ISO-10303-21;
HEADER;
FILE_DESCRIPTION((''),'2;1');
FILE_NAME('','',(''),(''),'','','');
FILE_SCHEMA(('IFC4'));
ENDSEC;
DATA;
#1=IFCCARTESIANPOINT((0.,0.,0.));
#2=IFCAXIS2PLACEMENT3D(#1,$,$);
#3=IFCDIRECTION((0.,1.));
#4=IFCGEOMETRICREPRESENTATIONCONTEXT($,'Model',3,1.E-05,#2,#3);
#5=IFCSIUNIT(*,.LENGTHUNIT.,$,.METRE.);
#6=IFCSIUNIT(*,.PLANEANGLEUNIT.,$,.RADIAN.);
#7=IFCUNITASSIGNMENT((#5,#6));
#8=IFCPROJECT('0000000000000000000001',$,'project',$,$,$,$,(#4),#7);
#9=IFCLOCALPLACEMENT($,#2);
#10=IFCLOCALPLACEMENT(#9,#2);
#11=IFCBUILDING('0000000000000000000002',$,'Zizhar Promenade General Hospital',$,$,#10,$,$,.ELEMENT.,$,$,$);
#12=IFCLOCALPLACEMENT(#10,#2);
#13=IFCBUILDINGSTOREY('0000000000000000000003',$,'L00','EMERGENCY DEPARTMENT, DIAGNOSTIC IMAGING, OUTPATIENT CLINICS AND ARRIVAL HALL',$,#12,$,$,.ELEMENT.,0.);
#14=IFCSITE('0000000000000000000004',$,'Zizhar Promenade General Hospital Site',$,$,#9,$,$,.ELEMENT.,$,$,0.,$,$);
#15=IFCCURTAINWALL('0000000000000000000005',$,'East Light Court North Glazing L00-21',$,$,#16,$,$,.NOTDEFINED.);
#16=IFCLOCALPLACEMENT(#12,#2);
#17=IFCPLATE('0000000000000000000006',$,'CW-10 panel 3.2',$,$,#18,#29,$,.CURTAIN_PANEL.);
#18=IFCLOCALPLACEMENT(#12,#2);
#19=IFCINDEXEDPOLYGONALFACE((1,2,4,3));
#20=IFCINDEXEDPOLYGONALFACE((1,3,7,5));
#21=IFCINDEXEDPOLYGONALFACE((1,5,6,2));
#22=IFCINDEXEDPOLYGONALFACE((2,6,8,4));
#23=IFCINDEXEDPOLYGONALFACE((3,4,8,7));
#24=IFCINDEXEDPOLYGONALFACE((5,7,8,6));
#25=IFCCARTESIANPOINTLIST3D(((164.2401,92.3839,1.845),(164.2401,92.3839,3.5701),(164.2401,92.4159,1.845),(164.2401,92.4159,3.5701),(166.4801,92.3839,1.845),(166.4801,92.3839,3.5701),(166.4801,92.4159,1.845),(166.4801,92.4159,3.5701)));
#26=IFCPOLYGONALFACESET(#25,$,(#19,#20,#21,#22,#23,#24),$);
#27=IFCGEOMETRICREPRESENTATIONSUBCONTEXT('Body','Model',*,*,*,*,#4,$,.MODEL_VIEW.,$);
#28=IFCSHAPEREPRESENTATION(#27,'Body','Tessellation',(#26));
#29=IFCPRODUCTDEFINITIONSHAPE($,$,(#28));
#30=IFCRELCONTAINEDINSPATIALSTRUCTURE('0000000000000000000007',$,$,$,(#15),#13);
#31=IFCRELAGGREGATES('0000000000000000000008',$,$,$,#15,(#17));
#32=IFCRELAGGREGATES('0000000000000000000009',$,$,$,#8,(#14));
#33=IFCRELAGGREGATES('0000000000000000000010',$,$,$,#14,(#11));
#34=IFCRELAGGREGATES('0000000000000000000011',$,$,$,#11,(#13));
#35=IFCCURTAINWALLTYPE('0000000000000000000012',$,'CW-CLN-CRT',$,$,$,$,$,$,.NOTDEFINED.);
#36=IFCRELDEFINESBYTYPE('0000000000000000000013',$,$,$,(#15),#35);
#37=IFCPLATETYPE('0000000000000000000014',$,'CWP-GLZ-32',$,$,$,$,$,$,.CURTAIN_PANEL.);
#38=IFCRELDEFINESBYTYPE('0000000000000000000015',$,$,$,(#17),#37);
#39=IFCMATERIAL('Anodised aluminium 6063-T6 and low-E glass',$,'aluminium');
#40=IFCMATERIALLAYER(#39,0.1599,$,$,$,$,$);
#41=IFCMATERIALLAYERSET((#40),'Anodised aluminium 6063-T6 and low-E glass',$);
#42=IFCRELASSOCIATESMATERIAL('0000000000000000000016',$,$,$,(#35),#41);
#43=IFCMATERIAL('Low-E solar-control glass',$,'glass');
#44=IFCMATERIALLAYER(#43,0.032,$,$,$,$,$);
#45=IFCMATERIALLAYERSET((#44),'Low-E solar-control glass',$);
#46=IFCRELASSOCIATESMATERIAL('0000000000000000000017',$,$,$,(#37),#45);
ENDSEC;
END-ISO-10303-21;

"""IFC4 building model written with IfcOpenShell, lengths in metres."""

from ifc_helpers import new_model, si_unit, direction, frame, origin, origin_2d, place, context, subcontext, project, spatial, rectangle, extrude, material, layer, layer_set, type_object, element, aggregate, save


model = new_model("IFC4")

# Units and contexts
model_context = context("Model", 3, precision=1e-05, world=origin(), true_north=direction((0.0, 1.0)))
body_context = subcontext(model_context, "Body", "Model", "MODEL_VIEW")
ifc_project = project(units=[si_unit("LENGTHUNIT", "METRE"), si_unit("PLANEANGLEUNIT", "RADIAN")], contexts=[model_context])

# Site, building, storey
site_placement = place(None, origin())
site = spatial("IfcSite", under=ifc_project, at=site_placement, Name="Zizhar Promenade General Hospital Site", CompositionType="ELEMENT", RefElevation=0.0)
building_placement = place(site_placement, origin())
building = spatial("IfcBuilding", under=site, at=building_placement, Name="Zizhar Promenade General Hospital", CompositionType="ELEMENT")
storey_placement = place(building_placement, origin())
storey = spatial("IfcBuildingStorey", under=building, at=storey_placement, Name="L00", Description="EMERGENCY DEPARTMENT, DIAGNOSTIC IMAGING, OUTPATIENT CLINICS AND ARRIVAL HALL", CompositionType="ELEMENT", Elevation=0.0)

# Curtain wall
ifc_material_1 = material(Name="Anodised aluminium 6063-T6 and low-E glass", Category="aluminium")
ifc_layer_1 = layer(ifc_material_1, 0.1599)
ifc_layer_set_1 = layer_set([ifc_layer_1], Name="Anodised aluminium 6063-T6 and low-E glass")
curtain_wall_type = type_object("IfcCurtainWallType", Name="CW-CLN-CRT", PredefinedType="NOTDEFINED", material=ifc_layer_set_1)
curtain_wall_1_placement = place(storey_placement, origin())
curtain_wall_1 = element("IfcCurtainWall", 1, at=curtain_wall_1_placement, inside=storey, type_object=curtain_wall_type, Name="East Light Court North Glazing L00-21", PredefinedType="NOTDEFINED")

# Plate
ifc_material_2 = material(Name="Low-E solar-control glass", Category="glass")
ifc_layer_2 = layer(ifc_material_2, 0.032)
ifc_layer_set_2 = layer_set([ifc_layer_2], Name="Low-E solar-control glass")
plate_type = type_object("IfcPlateType", Name="CWP-GLZ-32", PredefinedType="CURTAIN_PANEL", material=ifc_layer_set_2)
plate_1_placement = place(storey_placement, frame((165.3601, 92.3999, 1.845), z_axis=(0.0, 0.0, 1.0), x_axis=(-1.0, 0.0, 0.0)))
plate_1 = element("IfcPlate", 2, at=plate_1_placement, type_object=plate_type, Name="CW-10 panel 3.2", PredefinedType="CURTAIN_PANEL", context=body_context, shape_type="SweptSolid", body=[
    extrude(rectangle(XDim=2.24, YDim=0.032, at=origin_2d()), origin(), (0.0, 0.0, 1.0), 1.7251),
])
aggregate(curtain_wall_1, [plate_1])

save(model, "model.ifc")
